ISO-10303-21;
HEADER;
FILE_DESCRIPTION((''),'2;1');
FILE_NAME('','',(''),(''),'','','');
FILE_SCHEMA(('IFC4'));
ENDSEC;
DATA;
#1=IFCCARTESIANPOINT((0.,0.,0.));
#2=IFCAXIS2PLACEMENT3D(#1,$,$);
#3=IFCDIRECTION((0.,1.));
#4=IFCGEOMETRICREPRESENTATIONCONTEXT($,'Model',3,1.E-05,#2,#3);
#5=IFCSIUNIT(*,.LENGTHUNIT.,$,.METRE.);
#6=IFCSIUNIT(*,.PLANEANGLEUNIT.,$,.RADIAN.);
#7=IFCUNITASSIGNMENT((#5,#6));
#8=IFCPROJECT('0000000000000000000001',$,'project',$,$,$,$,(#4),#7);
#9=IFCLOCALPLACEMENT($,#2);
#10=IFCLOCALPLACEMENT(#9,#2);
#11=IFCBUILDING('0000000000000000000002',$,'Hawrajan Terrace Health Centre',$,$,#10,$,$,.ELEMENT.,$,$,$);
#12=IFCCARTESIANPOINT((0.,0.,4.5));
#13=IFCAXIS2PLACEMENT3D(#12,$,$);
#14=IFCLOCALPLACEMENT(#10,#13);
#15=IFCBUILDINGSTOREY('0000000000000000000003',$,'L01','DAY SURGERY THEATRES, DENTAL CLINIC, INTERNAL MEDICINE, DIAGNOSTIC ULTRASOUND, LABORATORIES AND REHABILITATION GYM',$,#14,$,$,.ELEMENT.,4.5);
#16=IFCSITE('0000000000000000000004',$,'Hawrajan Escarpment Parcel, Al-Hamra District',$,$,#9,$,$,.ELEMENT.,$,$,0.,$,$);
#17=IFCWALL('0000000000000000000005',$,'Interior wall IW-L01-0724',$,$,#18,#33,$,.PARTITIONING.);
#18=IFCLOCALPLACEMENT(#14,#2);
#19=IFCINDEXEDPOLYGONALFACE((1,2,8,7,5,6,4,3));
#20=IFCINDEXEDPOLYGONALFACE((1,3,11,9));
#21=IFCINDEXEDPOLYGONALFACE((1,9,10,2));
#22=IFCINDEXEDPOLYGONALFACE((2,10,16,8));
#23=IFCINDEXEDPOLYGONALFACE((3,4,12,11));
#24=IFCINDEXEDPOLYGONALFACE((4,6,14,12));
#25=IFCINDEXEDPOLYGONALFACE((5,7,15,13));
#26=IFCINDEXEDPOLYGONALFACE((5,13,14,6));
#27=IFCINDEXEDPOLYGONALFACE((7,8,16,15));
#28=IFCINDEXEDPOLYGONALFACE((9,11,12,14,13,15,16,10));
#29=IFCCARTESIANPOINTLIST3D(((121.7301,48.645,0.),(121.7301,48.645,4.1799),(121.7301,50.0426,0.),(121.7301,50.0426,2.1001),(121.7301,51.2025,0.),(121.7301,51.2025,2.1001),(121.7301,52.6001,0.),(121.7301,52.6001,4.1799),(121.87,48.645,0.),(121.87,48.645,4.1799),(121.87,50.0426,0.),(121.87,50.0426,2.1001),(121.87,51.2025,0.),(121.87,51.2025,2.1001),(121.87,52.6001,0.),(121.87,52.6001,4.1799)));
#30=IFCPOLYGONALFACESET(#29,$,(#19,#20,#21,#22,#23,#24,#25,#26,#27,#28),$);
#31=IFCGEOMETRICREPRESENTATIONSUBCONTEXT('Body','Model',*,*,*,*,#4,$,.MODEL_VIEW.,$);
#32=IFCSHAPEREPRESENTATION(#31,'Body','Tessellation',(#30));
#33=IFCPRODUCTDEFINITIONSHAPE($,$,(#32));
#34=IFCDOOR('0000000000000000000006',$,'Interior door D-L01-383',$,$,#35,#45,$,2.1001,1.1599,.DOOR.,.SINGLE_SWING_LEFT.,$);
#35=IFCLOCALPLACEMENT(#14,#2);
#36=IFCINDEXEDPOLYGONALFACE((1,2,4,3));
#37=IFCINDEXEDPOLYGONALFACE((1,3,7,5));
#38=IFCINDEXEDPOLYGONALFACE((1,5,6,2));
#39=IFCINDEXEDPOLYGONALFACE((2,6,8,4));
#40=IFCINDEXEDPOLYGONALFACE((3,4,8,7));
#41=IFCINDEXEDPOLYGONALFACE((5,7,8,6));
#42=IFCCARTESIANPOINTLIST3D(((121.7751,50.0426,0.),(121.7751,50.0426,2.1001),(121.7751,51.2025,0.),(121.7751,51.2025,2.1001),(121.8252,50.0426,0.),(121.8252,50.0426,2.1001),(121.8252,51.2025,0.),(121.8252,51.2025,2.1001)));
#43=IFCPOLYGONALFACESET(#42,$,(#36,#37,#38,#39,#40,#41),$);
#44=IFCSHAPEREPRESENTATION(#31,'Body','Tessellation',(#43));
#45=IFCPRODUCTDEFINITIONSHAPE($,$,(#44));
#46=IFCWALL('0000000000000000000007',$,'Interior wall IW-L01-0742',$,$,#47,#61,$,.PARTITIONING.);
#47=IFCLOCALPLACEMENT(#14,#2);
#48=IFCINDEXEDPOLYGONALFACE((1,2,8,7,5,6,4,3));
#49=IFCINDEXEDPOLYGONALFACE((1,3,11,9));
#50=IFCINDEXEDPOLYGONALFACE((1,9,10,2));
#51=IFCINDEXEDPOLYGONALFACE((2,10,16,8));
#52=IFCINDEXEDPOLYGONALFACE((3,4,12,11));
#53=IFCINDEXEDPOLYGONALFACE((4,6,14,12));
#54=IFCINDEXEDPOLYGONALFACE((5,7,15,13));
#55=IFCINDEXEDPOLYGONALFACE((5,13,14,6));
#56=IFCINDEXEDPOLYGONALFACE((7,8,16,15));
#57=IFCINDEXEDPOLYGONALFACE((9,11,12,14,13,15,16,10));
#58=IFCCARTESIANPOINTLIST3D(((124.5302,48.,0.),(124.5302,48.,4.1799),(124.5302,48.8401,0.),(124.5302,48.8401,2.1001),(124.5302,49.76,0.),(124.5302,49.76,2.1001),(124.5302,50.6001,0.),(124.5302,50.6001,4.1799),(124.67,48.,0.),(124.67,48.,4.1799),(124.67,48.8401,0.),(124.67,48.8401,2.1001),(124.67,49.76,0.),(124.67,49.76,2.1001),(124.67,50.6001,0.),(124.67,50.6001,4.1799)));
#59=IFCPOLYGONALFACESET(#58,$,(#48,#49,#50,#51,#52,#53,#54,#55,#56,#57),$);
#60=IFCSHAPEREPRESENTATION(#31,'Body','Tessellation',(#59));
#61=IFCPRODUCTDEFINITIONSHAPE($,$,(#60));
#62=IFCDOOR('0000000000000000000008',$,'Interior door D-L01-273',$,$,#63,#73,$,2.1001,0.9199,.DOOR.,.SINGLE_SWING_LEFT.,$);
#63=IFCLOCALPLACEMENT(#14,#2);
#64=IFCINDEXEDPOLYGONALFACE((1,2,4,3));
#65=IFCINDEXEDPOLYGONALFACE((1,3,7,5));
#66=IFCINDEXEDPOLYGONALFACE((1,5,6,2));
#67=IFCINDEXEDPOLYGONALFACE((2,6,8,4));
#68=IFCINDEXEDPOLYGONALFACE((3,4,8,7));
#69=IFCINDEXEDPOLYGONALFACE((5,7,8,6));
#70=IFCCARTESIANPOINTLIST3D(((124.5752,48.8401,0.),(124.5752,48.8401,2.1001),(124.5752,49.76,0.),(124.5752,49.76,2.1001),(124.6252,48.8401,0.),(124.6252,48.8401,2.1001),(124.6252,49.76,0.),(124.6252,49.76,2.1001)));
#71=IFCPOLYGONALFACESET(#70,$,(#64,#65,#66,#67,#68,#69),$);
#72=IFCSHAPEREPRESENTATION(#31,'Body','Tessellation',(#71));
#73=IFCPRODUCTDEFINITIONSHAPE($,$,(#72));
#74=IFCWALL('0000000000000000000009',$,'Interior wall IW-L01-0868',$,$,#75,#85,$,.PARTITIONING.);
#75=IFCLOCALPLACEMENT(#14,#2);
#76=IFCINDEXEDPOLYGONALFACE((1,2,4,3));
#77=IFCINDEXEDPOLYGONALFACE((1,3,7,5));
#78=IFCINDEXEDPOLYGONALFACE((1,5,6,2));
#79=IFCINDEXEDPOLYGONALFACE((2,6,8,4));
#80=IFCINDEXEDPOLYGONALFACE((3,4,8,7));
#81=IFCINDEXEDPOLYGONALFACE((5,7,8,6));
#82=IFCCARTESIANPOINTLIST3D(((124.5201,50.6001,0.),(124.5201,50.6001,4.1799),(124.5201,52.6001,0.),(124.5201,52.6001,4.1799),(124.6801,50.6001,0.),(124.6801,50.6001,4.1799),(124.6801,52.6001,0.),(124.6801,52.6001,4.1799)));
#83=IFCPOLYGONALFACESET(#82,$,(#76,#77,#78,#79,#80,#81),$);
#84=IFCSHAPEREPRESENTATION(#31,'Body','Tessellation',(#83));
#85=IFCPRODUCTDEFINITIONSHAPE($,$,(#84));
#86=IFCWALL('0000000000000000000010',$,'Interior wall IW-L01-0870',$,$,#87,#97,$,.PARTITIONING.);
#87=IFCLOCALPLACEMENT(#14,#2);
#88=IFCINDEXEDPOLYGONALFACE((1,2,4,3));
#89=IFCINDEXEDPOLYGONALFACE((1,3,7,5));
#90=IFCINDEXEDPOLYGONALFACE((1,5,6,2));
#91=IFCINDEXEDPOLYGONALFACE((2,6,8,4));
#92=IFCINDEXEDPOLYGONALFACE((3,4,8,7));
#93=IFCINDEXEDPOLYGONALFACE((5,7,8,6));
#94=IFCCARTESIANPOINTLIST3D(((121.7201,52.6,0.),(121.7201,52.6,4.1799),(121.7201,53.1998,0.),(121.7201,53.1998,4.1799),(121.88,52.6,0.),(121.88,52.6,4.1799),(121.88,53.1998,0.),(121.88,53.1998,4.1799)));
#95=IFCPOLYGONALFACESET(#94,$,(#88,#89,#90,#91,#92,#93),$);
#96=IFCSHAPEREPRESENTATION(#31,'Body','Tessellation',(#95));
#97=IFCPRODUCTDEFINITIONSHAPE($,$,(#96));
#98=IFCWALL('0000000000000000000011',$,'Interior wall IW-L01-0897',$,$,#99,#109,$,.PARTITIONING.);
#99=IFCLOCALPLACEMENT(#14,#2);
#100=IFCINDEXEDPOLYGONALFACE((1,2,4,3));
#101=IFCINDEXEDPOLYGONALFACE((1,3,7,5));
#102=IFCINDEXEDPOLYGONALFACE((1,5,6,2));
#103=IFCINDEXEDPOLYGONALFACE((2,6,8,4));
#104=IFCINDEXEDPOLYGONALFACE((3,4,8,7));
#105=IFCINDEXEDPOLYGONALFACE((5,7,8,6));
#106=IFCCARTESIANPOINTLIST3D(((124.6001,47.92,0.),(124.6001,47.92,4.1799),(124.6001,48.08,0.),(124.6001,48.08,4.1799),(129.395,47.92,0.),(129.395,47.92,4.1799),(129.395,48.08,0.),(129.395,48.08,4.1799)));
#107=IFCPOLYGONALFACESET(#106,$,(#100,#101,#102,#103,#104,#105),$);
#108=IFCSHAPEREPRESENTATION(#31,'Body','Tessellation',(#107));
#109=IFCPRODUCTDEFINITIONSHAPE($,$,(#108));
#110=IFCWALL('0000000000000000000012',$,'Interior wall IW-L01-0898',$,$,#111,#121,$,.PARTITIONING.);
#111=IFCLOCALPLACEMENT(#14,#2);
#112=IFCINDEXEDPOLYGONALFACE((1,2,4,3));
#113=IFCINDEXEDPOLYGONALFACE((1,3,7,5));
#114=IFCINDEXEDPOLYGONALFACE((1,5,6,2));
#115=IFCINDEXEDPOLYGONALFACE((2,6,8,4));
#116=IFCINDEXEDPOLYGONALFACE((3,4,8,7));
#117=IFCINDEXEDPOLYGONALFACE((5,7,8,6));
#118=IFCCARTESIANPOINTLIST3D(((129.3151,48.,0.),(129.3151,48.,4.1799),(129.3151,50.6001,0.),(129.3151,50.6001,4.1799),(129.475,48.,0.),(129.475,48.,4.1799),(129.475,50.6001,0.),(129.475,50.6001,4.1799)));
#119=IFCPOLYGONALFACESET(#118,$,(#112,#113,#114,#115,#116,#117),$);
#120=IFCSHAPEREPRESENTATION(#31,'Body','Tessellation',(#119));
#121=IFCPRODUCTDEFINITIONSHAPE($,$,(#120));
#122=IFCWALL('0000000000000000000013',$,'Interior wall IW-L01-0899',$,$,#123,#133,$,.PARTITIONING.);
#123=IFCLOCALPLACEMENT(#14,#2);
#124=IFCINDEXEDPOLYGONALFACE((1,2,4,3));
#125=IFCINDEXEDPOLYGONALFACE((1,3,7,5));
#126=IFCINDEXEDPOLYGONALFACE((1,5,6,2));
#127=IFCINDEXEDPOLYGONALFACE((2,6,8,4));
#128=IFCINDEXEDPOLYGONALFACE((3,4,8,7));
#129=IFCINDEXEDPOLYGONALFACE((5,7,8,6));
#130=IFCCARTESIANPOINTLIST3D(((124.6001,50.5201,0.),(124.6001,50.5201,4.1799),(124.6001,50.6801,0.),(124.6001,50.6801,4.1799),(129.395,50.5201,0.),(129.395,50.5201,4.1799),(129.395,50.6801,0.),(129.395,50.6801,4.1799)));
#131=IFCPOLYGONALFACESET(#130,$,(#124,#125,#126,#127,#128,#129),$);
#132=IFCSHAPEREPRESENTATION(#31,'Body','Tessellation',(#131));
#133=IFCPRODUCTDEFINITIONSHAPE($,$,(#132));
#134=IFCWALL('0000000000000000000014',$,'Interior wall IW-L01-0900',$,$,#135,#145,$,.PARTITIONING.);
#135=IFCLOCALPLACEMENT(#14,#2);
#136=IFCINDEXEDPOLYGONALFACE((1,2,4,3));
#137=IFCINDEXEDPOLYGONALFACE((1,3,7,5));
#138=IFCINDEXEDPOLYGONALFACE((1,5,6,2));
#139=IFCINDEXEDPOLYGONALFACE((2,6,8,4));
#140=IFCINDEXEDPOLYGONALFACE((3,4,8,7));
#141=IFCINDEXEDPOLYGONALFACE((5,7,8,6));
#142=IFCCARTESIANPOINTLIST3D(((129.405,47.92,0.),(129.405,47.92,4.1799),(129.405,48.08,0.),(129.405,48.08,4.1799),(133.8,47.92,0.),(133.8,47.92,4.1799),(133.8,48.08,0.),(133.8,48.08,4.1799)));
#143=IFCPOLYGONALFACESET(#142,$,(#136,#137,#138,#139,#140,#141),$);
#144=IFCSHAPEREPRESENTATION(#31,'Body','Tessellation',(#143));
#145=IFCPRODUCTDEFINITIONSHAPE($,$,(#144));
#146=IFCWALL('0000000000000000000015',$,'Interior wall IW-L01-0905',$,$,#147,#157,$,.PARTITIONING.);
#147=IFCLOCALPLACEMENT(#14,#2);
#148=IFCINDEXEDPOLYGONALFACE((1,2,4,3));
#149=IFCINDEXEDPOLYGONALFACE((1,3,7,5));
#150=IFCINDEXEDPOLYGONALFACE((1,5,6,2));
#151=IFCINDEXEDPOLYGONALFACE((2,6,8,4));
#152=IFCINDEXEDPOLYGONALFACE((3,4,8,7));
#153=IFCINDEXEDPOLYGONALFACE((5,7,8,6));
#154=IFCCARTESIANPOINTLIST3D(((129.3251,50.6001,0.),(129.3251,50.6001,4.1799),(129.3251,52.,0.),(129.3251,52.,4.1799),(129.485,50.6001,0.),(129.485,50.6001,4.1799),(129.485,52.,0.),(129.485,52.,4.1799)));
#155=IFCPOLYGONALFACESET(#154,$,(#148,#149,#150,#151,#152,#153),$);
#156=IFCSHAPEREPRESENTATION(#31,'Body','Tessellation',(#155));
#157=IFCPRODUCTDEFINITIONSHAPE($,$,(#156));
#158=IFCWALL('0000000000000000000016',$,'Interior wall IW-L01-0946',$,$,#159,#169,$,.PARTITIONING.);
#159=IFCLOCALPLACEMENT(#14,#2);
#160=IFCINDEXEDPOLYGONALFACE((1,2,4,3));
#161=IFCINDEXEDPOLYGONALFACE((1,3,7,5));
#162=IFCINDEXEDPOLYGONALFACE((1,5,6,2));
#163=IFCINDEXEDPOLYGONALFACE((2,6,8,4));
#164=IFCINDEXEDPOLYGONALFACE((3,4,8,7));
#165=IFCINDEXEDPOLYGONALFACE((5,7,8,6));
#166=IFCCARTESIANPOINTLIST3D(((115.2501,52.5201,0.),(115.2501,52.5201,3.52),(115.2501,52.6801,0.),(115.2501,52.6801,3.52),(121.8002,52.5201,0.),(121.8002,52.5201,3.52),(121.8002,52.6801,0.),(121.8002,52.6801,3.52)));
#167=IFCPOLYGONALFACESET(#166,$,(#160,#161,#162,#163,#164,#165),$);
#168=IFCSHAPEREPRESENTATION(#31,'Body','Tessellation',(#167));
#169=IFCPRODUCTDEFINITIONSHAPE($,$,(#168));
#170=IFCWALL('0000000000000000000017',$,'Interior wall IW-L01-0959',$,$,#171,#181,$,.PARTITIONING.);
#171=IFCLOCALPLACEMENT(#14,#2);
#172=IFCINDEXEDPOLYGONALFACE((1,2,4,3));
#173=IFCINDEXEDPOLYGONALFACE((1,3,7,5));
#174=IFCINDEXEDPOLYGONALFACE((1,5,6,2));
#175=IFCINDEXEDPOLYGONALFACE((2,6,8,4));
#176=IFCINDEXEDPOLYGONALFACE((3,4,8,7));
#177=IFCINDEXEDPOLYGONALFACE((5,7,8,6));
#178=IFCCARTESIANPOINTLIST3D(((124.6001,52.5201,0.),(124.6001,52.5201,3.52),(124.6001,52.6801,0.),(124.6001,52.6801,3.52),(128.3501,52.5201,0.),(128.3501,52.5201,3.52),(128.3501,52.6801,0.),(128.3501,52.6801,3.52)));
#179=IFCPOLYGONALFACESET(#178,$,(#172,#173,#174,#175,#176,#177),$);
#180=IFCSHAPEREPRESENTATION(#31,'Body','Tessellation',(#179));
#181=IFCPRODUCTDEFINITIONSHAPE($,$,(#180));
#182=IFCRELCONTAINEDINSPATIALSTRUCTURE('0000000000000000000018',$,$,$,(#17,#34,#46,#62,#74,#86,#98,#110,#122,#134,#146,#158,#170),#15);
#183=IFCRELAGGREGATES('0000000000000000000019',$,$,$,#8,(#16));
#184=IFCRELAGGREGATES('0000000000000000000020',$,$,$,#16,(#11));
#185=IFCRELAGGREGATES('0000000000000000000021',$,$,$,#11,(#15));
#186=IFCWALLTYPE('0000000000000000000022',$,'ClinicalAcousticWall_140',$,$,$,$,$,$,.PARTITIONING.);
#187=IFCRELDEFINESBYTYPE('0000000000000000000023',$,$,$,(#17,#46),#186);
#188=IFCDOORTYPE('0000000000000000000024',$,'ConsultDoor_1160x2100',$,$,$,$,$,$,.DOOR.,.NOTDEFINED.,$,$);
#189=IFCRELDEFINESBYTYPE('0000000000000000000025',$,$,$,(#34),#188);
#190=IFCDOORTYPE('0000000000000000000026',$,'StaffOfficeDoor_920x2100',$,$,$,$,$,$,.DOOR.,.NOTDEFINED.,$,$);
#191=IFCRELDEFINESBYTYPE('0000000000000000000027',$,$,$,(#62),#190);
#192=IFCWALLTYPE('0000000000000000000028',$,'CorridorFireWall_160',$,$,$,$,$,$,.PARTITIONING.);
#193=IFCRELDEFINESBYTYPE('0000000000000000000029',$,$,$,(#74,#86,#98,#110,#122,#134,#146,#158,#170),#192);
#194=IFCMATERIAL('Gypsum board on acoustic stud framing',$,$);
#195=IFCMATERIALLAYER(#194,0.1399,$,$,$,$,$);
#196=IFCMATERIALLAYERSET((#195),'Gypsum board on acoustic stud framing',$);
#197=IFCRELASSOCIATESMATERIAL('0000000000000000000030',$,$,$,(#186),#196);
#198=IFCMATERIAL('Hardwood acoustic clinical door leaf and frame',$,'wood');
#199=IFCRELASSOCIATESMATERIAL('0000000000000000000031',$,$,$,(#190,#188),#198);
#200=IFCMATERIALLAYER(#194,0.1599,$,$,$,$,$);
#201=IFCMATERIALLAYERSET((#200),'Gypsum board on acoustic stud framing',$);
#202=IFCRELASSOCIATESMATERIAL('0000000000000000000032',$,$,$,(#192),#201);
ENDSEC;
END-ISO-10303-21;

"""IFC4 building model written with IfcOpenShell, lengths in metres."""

from ifc_helpers import new_model, si_unit, direction, frame, frame_2d, origin, place, context, subcontext, project, spatial, rectangle, extrude, material, layer, layer_set, type_object, element, fill, save


model = new_model("IFC4")

# Units and contexts
model_context = context("Model", 3, precision=1e-05, world=origin(), true_north=direction((0.0, 1.0)))
body_context = subcontext(model_context, "Body", "Model", "MODEL_VIEW")
ifc_project = project(units=[si_unit("LENGTHUNIT", "METRE"), si_unit("PLANEANGLEUNIT", "RADIAN")], contexts=[model_context])

# Site, building, storey
site_placement = place(None, origin())
site = spatial("IfcSite", under=ifc_project, at=site_placement, Name="Hawrajan Escarpment Parcel, Al-Hamra District", CompositionType="ELEMENT", RefElevation=0.0)
building_placement = place(site_placement, origin())
building = spatial("IfcBuilding", under=site, at=building_placement, Name="Hawrajan Terrace Health Centre", CompositionType="ELEMENT")
storey_placement = place(building_placement, frame((0.0, 0.0, 4.5)))
storey = spatial("IfcBuildingStorey", under=building, at=storey_placement, Name="L01", Description="DAY SURGERY THEATRES, DENTAL CLINIC, INTERNAL MEDICINE, DIAGNOSTIC ULTRASOUND, LABORATORIES AND REHABILITATION GYM", CompositionType="ELEMENT", Elevation=4.5)

# Walls, openings, doors
ifc_material_1 = material(Name="Gypsum board on acoustic stud framing")
ifc_layer_1 = layer(ifc_material_1, 0.1399)
ifc_layer_set_1 = layer_set([ifc_layer_1], Name="Gypsum board on acoustic stud framing")
wall_type_1 = type_object("IfcWallType", Name="ClinicalAcousticWall_140", PredefinedType="PARTITIONING", material=ifc_layer_set_1)
ifc_material_2 = material(Name="Hardwood acoustic clinical door leaf and frame", Category="wood")
door_type_1 = type_object("IfcDoorType", Name="StaffOfficeDoor_920x2100", OperationType="NOTDEFINED", PredefinedType="DOOR", material=ifc_material_2)
wall_1_placement = place(storey_placement, frame((121.8, 48.645, 0.0), z_axis=(0.0, 0.0, 1.0), x_axis=(0.0, 1.0, 0.0)))
wall_1 = element("IfcWall", 1, at=wall_1_placement, inside=storey, type_object=wall_type_1, Name="Interior wall IW-L01-0724", PredefinedType="PARTITIONING", context=body_context, shape_type="SweptSolid", body=[
    extrude(rectangle(XDim=3.9551, YDim=0.1399, at=frame_2d((1.9775, 0.0))), origin(), (0.0, 0.0, 1.0), 4.1799),
])
opening_1_placement = place(wall_1_placement, frame((1.3975, 0.0, 0.0)))
opening_1 = element("IfcOpeningElement", 2, at=opening_1_placement, cuts=wall_1, PredefinedType="OPENING", context=body_context, shape_type="SweptSolid", body=[
    extrude(rectangle(XDim=1.1599, YDim=2.1001, at=frame_2d((0.5801, 1.05))), frame((0.0, 0.0798, 0.0), z_axis=(0.0, -1.0, 0.0), x_axis=(1.0, 0.0, 0.0)), (0.0, 0.0, 1.0), 0.1599),
])
door_type_2 = type_object("IfcDoorType", Name="ConsultDoor_1160x2100", OperationType="NOTDEFINED", PredefinedType="DOOR", material=ifc_material_2)
door_1_placement = place(opening_1_placement, origin())
door_1 = element("IfcDoor", 3, at=door_1_placement, inside=storey, type_object=door_type_2, Name="Interior door D-L01-383", OperationType="SINGLE_SWING_LEFT", OverallHeight=2.1001, OverallWidth=1.1599, PredefinedType="DOOR", context=body_context, shape_type="SweptSolid", body=[
    extrude(rectangle(XDim=1.1599, YDim=2.1001, at=frame_2d((0.5801, 1.05))), frame((0.0, 0.0249, 0.0), z_axis=(0.0, -1.0, 0.0), x_axis=(1.0, 0.0, 0.0)), (0.0, 0.0, 1.0), 0.05),
])
fill(opening_1, door_1)
wall_2_placement = place(storey_placement, frame((124.6001, 48.0, 0.0), z_axis=(0.0, 0.0, 1.0), x_axis=(0.0, 1.0, 0.0)))
wall_2 = element("IfcWall", 4, at=wall_2_placement, inside=storey, type_object=wall_type_1, Name="Interior wall IW-L01-0742", PredefinedType="PARTITIONING", context=body_context, shape_type="SweptSolid", body=[
    extrude(rectangle(XDim=2.6001, YDim=0.1399, at=frame_2d((1.3, 0.0))), origin(), (0.0, 0.0, 1.0), 4.1799),
])
opening_2_placement = place(wall_2_placement, frame((0.8401, 0.0, 0.0)))
opening_2 = element("IfcOpeningElement", 5, at=opening_2_placement, cuts=wall_2, PredefinedType="OPENING", context=body_context, shape_type="SweptSolid", body=[
    extrude(rectangle(XDim=0.9199, YDim=2.1001, at=frame_2d((0.46, 1.05))), frame((0.0, 0.0798, 0.0), z_axis=(0.0, -1.0, 0.0), x_axis=(1.0, 0.0, 0.0)), (0.0, 0.0, 1.0), 0.1599),
])
door_2_placement = place(opening_2_placement, origin())
door_2 = element("IfcDoor", 6, at=door_2_placement, inside=storey, type_object=door_type_1, Name="Interior door D-L01-273", OperationType="SINGLE_SWING_LEFT", OverallHeight=2.1001, OverallWidth=0.9199, PredefinedType="DOOR", context=body_context, shape_type="SweptSolid", body=[
    extrude(rectangle(XDim=0.9199, YDim=2.1001, at=frame_2d((0.46, 1.05))), frame((0.0, 0.0249, 0.0), z_axis=(0.0, -1.0, 0.0), x_axis=(1.0, 0.0, 0.0)), (0.0, 0.0, 1.0), 0.05),
])
fill(opening_2, door_2)

# Walls
ifc_layer_2 = layer(ifc_material_1, 0.1599)
ifc_layer_set_2 = layer_set([ifc_layer_2], Name="Gypsum board on acoustic stud framing")
wall_type_2 = type_object("IfcWallType", Name="CorridorFireWall_160", PredefinedType="PARTITIONING", material=ifc_layer_set_2)
wall_3_placement = place(storey_placement, frame((124.6001, 50.6001, 0.0), z_axis=(0.0, 0.0, 1.0), x_axis=(0.0, 1.0, 0.0)))
element("IfcWall", 7, at=wall_3_placement, inside=storey, type_object=wall_type_2, Name="Interior wall IW-L01-0868", PredefinedType="PARTITIONING", context=body_context, shape_type="SweptSolid", body=[
    extrude(rectangle(XDim=2.0, YDim=0.1599, at=frame_2d((1.0, 0.0))), origin(), (0.0, 0.0, 1.0), 4.1799),
])
wall_4_placement = place(storey_placement, frame((121.8, 52.6001, 0.0), z_axis=(0.0, 0.0, 1.0), x_axis=(0.0, 1.0, 0.0)))
element("IfcWall", 8, at=wall_4_placement, inside=storey, type_object=wall_type_2, Name="Interior wall IW-L01-0870", PredefinedType="PARTITIONING", context=body_context, shape_type="SweptSolid", body=[
    extrude(rectangle(XDim=0.5999, YDim=0.1599, at=frame_2d((0.2998, 0.0))), origin(), (0.0, 0.0, 1.0), 4.1799),
])
wall_5_placement = place(storey_placement, frame((124.6001, 48.0, 0.0), z_axis=(0.0, 0.0, 1.0), x_axis=(1.0, 0.0, 0.0)))
element("IfcWall", 9, at=wall_5_placement, inside=storey, type_object=wall_type_2, Name="Interior wall IW-L01-0897", PredefinedType="PARTITIONING", context=body_context, shape_type="SweptSolid", body=[
    extrude(rectangle(XDim=4.7949, YDim=0.1599, at=frame_2d((2.3975, 0.0))), origin(), (0.0, 0.0, 1.0), 4.1799),
])
wall_6_placement = place(storey_placement, frame((129.395, 48.0, 0.0), z_axis=(0.0, 0.0, 1.0), x_axis=(0.0, 1.0, 0.0)))
element("IfcWall", 10, at=wall_6_placement, inside=storey, type_object=wall_type_2, Name="Interior wall IW-L01-0898", PredefinedType="PARTITIONING", context=body_context, shape_type="SweptSolid", body=[
    extrude(rectangle(XDim=2.6001, YDim=0.1599, at=frame_2d((1.3, 0.0))), origin(), (0.0, 0.0, 1.0), 4.1799),
])
wall_7_placement = place(storey_placement, frame((129.395, 50.6001, 0.0), z_axis=(0.0, 0.0, 1.0), x_axis=(-1.0, 0.0, 0.0)))
element("IfcWall", 11, at=wall_7_placement, inside=storey, type_object=wall_type_2, Name="Interior wall IW-L01-0899", PredefinedType="PARTITIONING", context=body_context, shape_type="SweptSolid", body=[
    extrude(rectangle(XDim=4.7949, YDim=0.1599, at=frame_2d((2.3975, 0.0))), origin(), (0.0, 0.0, 1.0), 4.1799),
])
wall_8_placement = place(storey_placement, frame((129.405, 48.0, 0.0), z_axis=(0.0, 0.0, 1.0), x_axis=(1.0, 0.0, 0.0)))
element("IfcWall", 12, at=wall_8_placement, inside=storey, type_object=wall_type_2, Name="Interior wall IW-L01-0900", PredefinedType="PARTITIONING", context=body_context, shape_type="SweptSolid", body=[
    extrude(rectangle(XDim=4.395, YDim=0.1599, at=frame_2d((2.1975, 0.0))), origin(), (0.0, 0.0, 1.0), 4.1799),
])
wall_9_placement = place(storey_placement, frame((129.405, 50.6001, 0.0), z_axis=(0.0, 0.0, 1.0), x_axis=(0.0, 1.0, 0.0)))
element("IfcWall", 13, at=wall_9_placement, inside=storey, type_object=wall_type_2, Name="Interior wall IW-L01-0905", PredefinedType="PARTITIONING", context=body_context, shape_type="SweptSolid", body=[
    extrude(rectangle(XDim=1.3999, YDim=0.1599, at=frame_2d((0.7, 0.0))), origin(), (0.0, 0.0, 1.0), 4.1799),
])
wall_10_placement = place(storey_placement, frame((121.8, 52.6001, 0.0), z_axis=(0.0, 0.0, 1.0), x_axis=(-1.0, 0.0, 0.0)))
element("IfcWall", 14, at=wall_10_placement, inside=storey, type_object=wall_type_2, Name="Interior wall IW-L01-0946", PredefinedType="PARTITIONING", context=body_context, shape_type="SweptSolid", body=[
    extrude(rectangle(XDim=6.55, YDim=0.1599, at=frame_2d((3.2749, 0.0))), origin(), (0.0, 0.0, 1.0), 3.52),
])
wall_11_placement = place(storey_placement, frame((124.6001, 52.6001, 0.0), z_axis=(0.0, 0.0, 1.0), x_axis=(1.0, 0.0, 0.0)))
element("IfcWall", 15, at=wall_11_placement, inside=storey, type_object=wall_type_2, Name="Interior wall IW-L01-0959", PredefinedType="PARTITIONING", context=body_context, shape_type="SweptSolid", body=[
    extrude(rectangle(XDim=3.75, YDim=0.1599, at=frame_2d((1.875, 0.0))), origin(), (0.0, 0.0, 1.0), 3.52),
])

save(model, "model.ifc")
